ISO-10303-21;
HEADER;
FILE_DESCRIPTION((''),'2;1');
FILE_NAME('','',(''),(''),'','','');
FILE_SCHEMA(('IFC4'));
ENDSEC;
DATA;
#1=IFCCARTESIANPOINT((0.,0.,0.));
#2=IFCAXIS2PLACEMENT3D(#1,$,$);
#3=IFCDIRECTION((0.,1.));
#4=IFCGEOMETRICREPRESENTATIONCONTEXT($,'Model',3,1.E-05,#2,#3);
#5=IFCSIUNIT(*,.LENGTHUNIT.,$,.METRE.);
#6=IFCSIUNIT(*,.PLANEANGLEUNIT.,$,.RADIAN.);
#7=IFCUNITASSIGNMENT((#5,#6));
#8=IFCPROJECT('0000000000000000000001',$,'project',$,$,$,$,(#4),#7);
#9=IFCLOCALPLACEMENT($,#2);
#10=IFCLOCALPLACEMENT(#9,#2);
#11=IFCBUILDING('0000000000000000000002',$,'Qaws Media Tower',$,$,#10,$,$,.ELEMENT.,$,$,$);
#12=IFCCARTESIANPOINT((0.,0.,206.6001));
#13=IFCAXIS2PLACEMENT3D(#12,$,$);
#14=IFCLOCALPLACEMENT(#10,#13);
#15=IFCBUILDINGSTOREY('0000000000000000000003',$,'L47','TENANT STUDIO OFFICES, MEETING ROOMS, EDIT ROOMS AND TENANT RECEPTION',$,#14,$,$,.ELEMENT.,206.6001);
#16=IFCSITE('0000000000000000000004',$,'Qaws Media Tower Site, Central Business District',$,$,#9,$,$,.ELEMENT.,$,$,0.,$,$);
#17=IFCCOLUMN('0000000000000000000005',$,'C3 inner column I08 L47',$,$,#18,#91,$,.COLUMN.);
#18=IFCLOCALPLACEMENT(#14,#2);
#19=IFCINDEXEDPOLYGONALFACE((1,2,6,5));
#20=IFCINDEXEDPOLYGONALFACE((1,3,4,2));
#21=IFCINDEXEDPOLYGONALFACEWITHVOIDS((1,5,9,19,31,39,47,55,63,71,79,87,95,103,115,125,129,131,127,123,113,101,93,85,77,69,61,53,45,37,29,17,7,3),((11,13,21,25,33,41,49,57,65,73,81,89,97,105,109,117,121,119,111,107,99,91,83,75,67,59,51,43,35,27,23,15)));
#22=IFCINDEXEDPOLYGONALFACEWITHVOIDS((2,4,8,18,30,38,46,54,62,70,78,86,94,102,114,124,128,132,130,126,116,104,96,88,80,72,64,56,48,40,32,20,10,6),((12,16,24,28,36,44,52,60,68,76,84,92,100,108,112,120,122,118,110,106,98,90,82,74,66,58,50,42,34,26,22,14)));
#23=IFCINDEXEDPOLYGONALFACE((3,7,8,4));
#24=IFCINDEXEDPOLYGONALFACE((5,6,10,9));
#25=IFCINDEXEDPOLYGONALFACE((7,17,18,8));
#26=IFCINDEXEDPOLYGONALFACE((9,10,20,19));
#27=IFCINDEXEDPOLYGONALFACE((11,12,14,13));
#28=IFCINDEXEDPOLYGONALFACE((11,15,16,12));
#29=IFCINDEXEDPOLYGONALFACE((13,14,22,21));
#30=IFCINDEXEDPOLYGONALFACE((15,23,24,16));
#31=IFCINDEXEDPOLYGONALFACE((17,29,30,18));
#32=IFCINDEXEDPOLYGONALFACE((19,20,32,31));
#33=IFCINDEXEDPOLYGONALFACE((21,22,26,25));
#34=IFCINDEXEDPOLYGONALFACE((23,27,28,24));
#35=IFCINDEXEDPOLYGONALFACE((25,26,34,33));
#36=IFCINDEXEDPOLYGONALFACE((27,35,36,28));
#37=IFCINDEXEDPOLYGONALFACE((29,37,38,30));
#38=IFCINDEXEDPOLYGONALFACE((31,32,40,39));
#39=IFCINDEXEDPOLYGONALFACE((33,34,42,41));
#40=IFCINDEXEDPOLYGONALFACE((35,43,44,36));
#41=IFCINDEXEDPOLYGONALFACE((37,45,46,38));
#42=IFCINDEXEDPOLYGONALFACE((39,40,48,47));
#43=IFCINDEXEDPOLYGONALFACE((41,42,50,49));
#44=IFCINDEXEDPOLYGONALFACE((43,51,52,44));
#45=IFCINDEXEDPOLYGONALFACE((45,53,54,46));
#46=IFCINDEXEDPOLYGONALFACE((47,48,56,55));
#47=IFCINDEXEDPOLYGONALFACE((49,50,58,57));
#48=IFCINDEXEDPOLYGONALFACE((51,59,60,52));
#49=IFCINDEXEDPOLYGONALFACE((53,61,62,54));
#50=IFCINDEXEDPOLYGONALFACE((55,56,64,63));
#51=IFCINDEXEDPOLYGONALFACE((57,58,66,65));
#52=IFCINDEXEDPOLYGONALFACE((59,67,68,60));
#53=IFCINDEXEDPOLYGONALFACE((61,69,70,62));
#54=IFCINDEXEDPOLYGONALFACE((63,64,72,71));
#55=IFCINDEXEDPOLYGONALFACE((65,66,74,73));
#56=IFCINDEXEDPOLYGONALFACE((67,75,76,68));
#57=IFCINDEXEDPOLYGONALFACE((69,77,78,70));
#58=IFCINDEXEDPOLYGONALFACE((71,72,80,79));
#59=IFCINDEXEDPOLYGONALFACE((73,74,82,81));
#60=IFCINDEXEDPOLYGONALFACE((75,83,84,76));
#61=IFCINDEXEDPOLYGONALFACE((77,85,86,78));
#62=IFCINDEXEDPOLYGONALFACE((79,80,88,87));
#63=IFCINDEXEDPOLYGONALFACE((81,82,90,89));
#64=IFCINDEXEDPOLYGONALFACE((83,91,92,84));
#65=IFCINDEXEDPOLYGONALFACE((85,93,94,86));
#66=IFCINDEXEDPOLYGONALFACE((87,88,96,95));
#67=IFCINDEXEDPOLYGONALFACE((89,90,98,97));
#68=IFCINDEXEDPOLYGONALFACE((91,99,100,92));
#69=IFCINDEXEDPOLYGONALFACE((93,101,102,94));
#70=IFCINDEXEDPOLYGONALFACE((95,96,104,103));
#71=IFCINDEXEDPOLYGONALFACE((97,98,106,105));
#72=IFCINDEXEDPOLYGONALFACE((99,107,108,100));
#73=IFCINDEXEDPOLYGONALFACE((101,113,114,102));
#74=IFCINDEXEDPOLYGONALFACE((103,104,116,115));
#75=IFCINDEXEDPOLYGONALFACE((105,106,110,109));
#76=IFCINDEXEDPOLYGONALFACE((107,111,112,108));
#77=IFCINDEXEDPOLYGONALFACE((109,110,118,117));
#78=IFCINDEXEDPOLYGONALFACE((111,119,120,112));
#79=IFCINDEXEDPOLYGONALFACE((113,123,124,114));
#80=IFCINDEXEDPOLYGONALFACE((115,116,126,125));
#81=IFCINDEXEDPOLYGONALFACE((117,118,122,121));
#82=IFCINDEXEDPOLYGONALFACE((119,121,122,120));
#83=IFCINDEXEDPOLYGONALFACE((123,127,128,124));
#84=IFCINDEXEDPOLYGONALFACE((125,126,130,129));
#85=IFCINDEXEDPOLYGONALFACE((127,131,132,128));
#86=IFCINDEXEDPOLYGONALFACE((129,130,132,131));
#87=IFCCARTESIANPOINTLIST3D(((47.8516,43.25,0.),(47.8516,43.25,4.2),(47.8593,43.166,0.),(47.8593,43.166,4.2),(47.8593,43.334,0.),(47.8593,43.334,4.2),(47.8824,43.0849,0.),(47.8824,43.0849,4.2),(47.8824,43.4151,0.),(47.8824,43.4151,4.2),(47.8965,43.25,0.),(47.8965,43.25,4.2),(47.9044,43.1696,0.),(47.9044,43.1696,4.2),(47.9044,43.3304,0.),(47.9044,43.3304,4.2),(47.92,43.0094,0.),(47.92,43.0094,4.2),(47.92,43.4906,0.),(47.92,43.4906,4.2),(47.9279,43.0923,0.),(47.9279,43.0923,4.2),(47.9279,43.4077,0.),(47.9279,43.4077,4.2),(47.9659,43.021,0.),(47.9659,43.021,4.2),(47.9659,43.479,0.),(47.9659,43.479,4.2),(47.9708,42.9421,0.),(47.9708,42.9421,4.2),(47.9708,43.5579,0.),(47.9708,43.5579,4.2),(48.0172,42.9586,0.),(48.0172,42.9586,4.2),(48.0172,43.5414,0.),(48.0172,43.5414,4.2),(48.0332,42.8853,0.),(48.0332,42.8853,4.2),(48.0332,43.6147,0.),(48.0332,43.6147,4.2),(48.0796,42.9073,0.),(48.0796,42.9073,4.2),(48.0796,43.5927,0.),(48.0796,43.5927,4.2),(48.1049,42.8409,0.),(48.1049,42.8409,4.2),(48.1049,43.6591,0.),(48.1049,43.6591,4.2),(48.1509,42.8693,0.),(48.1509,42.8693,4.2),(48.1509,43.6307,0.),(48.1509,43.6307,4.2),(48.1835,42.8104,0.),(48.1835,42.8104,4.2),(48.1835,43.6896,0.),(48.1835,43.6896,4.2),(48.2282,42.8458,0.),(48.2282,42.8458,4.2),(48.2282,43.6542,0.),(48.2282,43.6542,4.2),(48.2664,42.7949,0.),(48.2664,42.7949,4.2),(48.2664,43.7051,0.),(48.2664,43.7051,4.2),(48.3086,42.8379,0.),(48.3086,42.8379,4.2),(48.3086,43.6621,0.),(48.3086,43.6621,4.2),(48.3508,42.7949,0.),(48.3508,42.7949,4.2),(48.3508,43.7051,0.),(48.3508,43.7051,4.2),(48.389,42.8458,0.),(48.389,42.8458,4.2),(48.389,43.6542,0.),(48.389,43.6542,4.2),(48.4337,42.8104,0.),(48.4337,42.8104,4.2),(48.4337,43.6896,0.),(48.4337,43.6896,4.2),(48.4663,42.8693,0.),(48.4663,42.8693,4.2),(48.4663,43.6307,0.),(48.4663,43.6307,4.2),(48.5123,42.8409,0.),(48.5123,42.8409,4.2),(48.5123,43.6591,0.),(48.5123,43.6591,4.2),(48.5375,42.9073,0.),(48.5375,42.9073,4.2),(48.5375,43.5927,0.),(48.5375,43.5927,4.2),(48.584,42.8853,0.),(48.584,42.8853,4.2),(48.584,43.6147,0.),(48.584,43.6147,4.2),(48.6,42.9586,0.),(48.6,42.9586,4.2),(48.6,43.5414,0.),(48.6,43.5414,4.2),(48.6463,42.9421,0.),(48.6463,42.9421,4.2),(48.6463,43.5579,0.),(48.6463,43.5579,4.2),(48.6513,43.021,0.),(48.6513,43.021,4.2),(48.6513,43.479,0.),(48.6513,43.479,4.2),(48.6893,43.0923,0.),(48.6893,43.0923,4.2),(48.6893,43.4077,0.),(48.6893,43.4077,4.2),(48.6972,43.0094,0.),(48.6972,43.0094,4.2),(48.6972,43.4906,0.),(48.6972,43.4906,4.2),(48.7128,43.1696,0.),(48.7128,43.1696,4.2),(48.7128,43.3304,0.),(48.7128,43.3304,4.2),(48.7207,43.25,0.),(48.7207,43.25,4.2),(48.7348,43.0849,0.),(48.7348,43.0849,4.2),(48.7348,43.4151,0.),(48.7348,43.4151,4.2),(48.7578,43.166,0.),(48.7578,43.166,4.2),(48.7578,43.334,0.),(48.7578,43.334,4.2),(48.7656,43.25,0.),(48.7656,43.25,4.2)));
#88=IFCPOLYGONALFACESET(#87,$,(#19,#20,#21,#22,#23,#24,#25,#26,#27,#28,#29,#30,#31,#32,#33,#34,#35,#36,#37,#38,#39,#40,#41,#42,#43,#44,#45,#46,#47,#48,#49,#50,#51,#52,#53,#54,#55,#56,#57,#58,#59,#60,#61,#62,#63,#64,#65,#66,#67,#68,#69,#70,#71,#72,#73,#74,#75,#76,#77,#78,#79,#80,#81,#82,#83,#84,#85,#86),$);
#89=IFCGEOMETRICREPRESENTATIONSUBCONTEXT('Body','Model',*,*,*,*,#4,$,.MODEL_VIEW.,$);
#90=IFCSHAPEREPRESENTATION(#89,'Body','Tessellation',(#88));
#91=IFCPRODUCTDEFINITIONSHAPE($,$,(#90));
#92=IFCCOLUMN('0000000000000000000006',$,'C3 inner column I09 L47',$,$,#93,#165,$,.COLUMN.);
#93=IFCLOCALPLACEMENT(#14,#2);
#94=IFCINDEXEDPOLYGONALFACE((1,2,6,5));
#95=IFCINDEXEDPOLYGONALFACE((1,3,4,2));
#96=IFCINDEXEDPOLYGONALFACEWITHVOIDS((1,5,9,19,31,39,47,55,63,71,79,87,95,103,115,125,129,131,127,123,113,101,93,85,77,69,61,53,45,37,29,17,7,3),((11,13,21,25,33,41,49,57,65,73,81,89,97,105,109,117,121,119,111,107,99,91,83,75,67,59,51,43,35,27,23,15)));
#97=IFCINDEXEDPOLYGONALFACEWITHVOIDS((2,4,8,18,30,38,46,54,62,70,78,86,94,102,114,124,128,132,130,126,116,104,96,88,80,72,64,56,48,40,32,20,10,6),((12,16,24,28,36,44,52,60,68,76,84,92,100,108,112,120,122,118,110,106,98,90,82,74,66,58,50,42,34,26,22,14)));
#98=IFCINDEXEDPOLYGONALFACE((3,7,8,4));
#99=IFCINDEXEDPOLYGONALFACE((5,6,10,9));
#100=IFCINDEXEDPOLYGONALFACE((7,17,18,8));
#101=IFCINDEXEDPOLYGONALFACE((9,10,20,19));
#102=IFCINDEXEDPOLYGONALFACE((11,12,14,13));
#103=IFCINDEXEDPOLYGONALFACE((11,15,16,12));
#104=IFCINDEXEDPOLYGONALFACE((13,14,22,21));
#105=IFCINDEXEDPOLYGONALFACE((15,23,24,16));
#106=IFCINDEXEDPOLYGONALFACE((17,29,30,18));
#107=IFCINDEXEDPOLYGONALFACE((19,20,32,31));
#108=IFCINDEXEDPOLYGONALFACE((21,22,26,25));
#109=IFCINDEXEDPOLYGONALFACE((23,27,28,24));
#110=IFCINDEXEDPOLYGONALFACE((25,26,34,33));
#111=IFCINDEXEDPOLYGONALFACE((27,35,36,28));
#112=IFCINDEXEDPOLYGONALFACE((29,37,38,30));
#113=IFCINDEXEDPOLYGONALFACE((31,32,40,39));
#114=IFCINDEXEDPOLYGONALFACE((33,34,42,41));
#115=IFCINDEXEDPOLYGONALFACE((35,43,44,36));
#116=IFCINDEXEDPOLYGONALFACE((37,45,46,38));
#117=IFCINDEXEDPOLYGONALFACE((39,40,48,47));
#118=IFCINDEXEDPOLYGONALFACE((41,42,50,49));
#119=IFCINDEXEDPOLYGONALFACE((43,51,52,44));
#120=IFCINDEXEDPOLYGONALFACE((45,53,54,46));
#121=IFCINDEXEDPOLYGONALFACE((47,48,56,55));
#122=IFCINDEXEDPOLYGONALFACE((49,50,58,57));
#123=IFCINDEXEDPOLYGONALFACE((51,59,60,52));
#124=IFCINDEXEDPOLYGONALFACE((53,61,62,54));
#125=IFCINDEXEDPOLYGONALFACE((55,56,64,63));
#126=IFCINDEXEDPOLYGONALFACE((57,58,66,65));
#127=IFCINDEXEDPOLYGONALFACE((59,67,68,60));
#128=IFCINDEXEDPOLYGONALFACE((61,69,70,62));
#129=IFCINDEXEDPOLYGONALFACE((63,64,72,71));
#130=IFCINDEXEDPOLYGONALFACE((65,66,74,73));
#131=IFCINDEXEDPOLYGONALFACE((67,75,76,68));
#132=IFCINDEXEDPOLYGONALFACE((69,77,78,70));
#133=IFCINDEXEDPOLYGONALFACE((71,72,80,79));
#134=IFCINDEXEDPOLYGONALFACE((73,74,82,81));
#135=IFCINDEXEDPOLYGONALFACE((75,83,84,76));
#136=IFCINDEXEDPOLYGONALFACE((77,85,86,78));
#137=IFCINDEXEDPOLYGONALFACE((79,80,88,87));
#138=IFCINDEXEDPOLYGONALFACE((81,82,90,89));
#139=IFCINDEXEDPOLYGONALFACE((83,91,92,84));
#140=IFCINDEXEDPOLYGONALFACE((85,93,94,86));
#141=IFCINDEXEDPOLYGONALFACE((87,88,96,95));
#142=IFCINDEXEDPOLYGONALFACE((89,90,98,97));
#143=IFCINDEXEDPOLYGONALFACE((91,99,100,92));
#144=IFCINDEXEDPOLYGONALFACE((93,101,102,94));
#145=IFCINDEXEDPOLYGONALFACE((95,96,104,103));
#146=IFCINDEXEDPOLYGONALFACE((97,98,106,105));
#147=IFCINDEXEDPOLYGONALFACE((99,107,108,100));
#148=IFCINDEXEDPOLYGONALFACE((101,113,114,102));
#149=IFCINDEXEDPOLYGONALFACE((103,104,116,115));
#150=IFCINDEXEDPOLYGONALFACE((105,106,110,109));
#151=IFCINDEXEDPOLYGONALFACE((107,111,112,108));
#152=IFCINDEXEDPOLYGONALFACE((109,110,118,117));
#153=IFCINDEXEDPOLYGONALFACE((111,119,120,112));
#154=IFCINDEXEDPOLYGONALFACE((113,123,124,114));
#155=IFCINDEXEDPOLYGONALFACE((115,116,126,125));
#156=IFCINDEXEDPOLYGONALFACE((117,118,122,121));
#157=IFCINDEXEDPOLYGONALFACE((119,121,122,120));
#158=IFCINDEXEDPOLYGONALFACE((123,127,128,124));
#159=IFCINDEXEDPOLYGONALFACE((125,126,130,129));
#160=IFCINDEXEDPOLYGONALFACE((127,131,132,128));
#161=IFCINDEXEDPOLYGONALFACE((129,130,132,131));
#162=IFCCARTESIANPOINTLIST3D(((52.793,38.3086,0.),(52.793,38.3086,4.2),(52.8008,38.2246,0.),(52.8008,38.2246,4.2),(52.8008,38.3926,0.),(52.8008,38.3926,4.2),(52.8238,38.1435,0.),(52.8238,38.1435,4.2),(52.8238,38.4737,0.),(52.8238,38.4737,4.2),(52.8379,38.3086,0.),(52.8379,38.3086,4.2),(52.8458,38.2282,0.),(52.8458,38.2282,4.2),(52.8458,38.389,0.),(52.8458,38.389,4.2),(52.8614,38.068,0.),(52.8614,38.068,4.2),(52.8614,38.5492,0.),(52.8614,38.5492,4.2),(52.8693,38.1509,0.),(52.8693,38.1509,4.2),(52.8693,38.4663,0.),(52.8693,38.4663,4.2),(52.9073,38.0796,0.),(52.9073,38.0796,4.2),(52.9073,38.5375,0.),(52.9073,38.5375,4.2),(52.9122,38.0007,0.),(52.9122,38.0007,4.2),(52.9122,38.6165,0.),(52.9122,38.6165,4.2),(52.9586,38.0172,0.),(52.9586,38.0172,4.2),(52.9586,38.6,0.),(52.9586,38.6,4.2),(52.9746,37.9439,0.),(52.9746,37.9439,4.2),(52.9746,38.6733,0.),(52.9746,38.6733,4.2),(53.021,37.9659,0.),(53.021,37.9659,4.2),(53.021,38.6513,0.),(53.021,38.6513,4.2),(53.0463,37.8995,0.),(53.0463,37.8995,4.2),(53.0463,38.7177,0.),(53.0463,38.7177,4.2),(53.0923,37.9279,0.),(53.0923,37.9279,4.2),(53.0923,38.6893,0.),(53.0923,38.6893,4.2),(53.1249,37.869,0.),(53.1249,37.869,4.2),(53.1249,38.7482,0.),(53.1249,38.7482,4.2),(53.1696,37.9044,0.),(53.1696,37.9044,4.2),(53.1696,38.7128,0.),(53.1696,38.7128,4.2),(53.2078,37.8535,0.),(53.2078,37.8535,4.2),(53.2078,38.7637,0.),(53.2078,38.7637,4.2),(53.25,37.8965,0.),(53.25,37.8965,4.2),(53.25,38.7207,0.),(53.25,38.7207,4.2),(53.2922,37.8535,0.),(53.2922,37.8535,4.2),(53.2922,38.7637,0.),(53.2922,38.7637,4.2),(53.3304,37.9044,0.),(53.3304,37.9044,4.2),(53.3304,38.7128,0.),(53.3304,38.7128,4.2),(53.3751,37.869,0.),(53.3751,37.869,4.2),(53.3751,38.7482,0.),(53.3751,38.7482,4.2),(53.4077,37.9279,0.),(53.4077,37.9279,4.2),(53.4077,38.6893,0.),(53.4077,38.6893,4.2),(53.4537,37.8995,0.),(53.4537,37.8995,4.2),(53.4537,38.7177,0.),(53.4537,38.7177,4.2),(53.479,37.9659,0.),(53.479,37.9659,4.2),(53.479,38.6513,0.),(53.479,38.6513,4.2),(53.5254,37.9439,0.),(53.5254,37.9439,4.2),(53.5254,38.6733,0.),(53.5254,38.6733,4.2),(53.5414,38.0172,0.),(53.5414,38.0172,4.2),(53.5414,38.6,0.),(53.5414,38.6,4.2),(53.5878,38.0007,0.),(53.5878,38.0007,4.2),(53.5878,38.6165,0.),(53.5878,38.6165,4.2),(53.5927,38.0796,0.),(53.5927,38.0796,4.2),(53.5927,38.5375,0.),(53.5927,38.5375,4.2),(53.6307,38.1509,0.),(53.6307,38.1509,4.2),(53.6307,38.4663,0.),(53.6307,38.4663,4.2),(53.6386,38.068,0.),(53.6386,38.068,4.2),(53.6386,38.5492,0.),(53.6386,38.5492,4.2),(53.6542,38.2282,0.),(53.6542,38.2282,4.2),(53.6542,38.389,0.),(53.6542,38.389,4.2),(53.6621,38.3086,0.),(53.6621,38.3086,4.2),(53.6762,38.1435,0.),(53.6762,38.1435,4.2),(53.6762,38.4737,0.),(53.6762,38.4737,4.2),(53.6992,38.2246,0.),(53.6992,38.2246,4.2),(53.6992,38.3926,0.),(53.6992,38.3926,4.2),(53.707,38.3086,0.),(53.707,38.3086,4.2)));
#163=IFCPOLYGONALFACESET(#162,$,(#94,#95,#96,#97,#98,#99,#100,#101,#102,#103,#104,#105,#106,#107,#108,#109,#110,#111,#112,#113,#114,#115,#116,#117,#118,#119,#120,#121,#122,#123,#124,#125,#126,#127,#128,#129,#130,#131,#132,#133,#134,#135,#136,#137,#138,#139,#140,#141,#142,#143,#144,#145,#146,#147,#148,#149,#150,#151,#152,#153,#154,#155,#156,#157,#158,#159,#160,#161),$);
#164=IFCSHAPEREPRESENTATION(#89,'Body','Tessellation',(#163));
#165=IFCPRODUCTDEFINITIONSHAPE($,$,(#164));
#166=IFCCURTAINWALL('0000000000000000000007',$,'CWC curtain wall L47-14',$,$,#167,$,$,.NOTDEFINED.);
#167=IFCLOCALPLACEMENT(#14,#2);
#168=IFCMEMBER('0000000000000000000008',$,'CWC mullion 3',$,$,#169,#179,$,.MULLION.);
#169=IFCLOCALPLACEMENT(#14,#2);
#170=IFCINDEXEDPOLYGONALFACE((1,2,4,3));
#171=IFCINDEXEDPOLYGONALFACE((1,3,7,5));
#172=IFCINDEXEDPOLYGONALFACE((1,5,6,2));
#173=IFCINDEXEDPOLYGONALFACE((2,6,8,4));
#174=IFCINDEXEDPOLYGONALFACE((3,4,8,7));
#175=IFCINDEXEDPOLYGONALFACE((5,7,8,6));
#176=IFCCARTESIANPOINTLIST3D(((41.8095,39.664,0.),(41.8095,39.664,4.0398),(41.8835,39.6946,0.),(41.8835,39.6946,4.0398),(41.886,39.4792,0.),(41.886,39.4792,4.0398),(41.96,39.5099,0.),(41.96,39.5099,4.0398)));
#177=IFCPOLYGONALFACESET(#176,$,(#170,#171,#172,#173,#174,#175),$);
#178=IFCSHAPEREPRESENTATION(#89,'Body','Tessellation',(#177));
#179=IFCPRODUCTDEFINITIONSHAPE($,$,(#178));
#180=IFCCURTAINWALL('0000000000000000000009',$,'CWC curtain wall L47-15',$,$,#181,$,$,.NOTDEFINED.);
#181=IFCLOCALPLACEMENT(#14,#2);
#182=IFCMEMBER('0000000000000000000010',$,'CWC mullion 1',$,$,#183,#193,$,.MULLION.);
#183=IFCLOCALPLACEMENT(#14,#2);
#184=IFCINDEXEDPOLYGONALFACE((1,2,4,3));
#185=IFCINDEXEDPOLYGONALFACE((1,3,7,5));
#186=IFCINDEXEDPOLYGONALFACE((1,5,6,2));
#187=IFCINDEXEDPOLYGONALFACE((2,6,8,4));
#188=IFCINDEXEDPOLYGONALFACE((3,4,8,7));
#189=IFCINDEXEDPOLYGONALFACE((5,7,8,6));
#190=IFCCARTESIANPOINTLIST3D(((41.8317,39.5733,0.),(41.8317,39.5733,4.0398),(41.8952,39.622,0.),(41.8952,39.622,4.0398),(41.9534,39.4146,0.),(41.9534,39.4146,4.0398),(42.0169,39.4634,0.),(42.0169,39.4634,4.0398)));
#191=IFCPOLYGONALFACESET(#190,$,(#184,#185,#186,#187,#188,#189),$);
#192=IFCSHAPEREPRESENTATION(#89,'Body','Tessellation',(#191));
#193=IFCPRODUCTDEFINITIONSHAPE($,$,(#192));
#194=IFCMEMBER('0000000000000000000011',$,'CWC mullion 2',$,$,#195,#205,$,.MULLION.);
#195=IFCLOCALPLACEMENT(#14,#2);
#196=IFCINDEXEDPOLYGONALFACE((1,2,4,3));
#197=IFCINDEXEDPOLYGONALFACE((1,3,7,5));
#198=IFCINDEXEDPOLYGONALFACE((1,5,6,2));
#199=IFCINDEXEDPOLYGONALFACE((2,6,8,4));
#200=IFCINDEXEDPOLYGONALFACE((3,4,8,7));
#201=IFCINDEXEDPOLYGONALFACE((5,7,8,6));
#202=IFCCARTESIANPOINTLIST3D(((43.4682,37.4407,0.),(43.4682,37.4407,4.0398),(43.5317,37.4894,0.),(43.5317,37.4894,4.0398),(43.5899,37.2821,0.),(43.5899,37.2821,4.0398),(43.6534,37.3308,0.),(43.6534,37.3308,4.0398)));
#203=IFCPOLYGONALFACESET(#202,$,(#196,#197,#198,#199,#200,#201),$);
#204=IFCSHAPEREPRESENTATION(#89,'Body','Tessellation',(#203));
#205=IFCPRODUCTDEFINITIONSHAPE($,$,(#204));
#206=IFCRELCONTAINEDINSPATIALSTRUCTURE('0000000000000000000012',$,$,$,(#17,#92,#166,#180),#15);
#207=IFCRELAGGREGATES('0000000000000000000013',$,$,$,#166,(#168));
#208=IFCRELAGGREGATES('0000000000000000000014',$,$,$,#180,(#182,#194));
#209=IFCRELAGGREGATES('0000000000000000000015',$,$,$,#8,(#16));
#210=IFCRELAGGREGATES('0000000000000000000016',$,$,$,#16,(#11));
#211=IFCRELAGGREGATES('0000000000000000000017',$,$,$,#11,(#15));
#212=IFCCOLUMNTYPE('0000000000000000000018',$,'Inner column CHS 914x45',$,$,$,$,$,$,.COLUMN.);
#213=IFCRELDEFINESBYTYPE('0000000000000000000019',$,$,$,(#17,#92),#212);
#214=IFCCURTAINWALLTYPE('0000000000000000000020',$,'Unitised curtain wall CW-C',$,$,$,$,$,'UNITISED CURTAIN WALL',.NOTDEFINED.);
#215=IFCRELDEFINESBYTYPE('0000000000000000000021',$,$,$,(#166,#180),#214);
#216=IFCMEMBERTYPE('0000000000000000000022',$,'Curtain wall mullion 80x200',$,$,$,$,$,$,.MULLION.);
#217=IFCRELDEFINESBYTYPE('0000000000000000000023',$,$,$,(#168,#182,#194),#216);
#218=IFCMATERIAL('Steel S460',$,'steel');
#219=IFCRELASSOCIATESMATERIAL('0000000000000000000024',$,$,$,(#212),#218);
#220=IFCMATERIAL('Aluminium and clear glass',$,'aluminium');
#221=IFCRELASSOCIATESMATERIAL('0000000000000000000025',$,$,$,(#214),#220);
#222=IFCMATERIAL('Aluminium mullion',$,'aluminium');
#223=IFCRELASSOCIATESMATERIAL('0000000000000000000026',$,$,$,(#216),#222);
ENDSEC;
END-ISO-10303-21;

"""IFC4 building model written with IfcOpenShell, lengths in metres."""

from ifc_helpers import new_model, si_unit, direction, frame, origin, origin_2d, place, context, subcontext, project, spatial, rectangle, hollow_circle, extrude, material, material_profile, profile_set, type_object, element, aggregate, save


model = new_model("IFC4")

# Units and contexts
model_context = context("Model", 3, precision=1e-05, world=origin(), true_north=direction((0.0, 1.0)))
body_context = subcontext(model_context, "Body", "Model", "MODEL_VIEW")
ifc_project = project(units=[si_unit("LENGTHUNIT", "METRE"), si_unit("PLANEANGLEUNIT", "RADIAN")], contexts=[model_context])

# Site, building, storey
site_placement = place(None, origin())
site = spatial("IfcSite", under=ifc_project, at=site_placement, Name="Qaws Media Tower Site, Central Business District", CompositionType="ELEMENT", RefElevation=0.0)
building_placement = place(site_placement, origin())
building = spatial("IfcBuilding", under=site, at=building_placement, Name="Qaws Media Tower", CompositionType="ELEMENT")
storey_placement = place(building_placement, frame((0.0, 0.0, 206.6001)))
storey = spatial("IfcBuildingStorey", under=building, at=storey_placement, Name="L47", Description="TENANT STUDIO OFFICES, MEETING ROOMS, EDIT ROOMS AND TENANT RECEPTION", CompositionType="ELEMENT", Elevation=206.6001)

# Columns
ifc_material_1 = material(Name="Steel S460", Category="steel")
ifc_material_profile_1 = material_profile(ifc_material_1, hollow_circle(Radius=0.457, WallThickness=0.0449, at=origin_2d()), Name="CHS 914x45")
ifc_profile_set_1 = profile_set([ifc_material_profile_1], Name="Steel S460")
column_type = type_object("IfcColumnType", Name="Inner column CHS 914x45", PredefinedType="COLUMN", material=ifc_profile_set_1)
for number, where, z_axis, x_axis, name in (
    (1, (48.3086, 43.25, 0.0), (0.0, 0.0, 1.0), (1.0, 0.0, 0.0), "C3 inner column I08 L47"),
    (2, (53.25, 38.3086, 0.0), (0.0, 0.0, 1.0), (1.0, 0.0, 0.0), "C3 inner column I09 L47"),
):
    element("IfcColumn", number, at=place(storey_placement, frame(where, z_axis=z_axis, x_axis=x_axis)), inside=storey, type_object=column_type, Name=name, PredefinedType="COLUMN", context=body_context, shape_type="SweptSolid", body=[
        extrude(hollow_circle(Radius=0.457, WallThickness=0.0449, at=origin_2d()), origin(), (0.0, 0.0, 1.0), 4.2),
    ])

# Curtain wall, member
ifc_material_2 = material(Name="Aluminium and clear glass", Category="aluminium")
curtain_wall_type = type_object("IfcCurtainWallType", Name="Unitised curtain wall CW-C", ElementType="UNITISED CURTAIN WALL", PredefinedType="NOTDEFINED", material=ifc_material_2)
curtain_wall_1_placement = place(storey_placement, origin())
curtain_wall_1 = element("IfcCurtainWall", 3, at=curtain_wall_1_placement, inside=storey, type_object=curtain_wall_type, Name="CWC curtain wall L47-14", PredefinedType="NOTDEFINED")
ifc_material_3 = material(Name="Aluminium mullion", Category="aluminium")
ifc_material_profile_2 = material_profile(ifc_material_3, rectangle(XDim=0.0801, YDim=0.2, at=origin_2d()), Name="80x200")
ifc_profile_set_2 = profile_set([ifc_material_profile_2], Name="Aluminium mullion")
member_type_1 = type_object("IfcMemberType", Name="Curtain wall mullion 80x200", PredefinedType="MULLION", material=ifc_profile_set_2)
member_1_placement = place(storey_placement, frame((41.8848, 39.5869, 0.0), z_axis=(0.0, 0.0, 1.0), x_axis=(0.92388, 0.382683, 0.0)))
member_1 = element("IfcMember", 4, at=member_1_placement, type_object=member_type_1, Name="CWC mullion 3", PredefinedType="MULLION", context=body_context, shape_type="SweptSolid", body=[
    extrude(rectangle(XDim=0.0801, YDim=0.2, at=origin_2d()), origin(), (0.0, 0.0, 1.0), 4.0398),
])

# Curtain wall, members
curtain_wall_2_placement = place(storey_placement, origin())
curtain_wall_2 = element("IfcCurtainWall", 5, at=curtain_wall_2_placement, inside=storey, type_object=curtain_wall_type, Name="CWC curtain wall L47-15", PredefinedType="NOTDEFINED")
member_2_placement = place(storey_placement, frame((41.9243, 39.5183, 0.0), z_axis=(0.0, 0.0, 1.0), x_axis=(0.793353, 0.608761, 0.0)))
member_2 = element("IfcMember", 6, at=member_2_placement, type_object=member_type_1, Name="CWC mullion 1", PredefinedType="MULLION", context=body_context, shape_type="SweptSolid", body=[
    extrude(rectangle(XDim=0.0801, YDim=0.2, at=origin_2d()), origin(), (0.0, 0.0, 1.0), 4.0398),
])
member_3_placement = place(storey_placement, frame((43.5608, 37.3857, 0.0), z_axis=(0.0, 0.0, 1.0), x_axis=(0.793353, 0.608761, 0.0)))
member_3 = element("IfcMember", 7, at=member_3_placement, type_object=member_type_1, Name="CWC mullion 2", PredefinedType="MULLION", context=body_context, shape_type="SweptSolid", body=[
    extrude(rectangle(XDim=0.0801, YDim=0.2, at=origin_2d()), origin(), (0.0, 0.0, 1.0), 4.0398),
])

aggregate(curtain_wall_1, [member_1])
aggregate(curtain_wall_2, [member_2, member_3])

save(model, "model.ifc")
